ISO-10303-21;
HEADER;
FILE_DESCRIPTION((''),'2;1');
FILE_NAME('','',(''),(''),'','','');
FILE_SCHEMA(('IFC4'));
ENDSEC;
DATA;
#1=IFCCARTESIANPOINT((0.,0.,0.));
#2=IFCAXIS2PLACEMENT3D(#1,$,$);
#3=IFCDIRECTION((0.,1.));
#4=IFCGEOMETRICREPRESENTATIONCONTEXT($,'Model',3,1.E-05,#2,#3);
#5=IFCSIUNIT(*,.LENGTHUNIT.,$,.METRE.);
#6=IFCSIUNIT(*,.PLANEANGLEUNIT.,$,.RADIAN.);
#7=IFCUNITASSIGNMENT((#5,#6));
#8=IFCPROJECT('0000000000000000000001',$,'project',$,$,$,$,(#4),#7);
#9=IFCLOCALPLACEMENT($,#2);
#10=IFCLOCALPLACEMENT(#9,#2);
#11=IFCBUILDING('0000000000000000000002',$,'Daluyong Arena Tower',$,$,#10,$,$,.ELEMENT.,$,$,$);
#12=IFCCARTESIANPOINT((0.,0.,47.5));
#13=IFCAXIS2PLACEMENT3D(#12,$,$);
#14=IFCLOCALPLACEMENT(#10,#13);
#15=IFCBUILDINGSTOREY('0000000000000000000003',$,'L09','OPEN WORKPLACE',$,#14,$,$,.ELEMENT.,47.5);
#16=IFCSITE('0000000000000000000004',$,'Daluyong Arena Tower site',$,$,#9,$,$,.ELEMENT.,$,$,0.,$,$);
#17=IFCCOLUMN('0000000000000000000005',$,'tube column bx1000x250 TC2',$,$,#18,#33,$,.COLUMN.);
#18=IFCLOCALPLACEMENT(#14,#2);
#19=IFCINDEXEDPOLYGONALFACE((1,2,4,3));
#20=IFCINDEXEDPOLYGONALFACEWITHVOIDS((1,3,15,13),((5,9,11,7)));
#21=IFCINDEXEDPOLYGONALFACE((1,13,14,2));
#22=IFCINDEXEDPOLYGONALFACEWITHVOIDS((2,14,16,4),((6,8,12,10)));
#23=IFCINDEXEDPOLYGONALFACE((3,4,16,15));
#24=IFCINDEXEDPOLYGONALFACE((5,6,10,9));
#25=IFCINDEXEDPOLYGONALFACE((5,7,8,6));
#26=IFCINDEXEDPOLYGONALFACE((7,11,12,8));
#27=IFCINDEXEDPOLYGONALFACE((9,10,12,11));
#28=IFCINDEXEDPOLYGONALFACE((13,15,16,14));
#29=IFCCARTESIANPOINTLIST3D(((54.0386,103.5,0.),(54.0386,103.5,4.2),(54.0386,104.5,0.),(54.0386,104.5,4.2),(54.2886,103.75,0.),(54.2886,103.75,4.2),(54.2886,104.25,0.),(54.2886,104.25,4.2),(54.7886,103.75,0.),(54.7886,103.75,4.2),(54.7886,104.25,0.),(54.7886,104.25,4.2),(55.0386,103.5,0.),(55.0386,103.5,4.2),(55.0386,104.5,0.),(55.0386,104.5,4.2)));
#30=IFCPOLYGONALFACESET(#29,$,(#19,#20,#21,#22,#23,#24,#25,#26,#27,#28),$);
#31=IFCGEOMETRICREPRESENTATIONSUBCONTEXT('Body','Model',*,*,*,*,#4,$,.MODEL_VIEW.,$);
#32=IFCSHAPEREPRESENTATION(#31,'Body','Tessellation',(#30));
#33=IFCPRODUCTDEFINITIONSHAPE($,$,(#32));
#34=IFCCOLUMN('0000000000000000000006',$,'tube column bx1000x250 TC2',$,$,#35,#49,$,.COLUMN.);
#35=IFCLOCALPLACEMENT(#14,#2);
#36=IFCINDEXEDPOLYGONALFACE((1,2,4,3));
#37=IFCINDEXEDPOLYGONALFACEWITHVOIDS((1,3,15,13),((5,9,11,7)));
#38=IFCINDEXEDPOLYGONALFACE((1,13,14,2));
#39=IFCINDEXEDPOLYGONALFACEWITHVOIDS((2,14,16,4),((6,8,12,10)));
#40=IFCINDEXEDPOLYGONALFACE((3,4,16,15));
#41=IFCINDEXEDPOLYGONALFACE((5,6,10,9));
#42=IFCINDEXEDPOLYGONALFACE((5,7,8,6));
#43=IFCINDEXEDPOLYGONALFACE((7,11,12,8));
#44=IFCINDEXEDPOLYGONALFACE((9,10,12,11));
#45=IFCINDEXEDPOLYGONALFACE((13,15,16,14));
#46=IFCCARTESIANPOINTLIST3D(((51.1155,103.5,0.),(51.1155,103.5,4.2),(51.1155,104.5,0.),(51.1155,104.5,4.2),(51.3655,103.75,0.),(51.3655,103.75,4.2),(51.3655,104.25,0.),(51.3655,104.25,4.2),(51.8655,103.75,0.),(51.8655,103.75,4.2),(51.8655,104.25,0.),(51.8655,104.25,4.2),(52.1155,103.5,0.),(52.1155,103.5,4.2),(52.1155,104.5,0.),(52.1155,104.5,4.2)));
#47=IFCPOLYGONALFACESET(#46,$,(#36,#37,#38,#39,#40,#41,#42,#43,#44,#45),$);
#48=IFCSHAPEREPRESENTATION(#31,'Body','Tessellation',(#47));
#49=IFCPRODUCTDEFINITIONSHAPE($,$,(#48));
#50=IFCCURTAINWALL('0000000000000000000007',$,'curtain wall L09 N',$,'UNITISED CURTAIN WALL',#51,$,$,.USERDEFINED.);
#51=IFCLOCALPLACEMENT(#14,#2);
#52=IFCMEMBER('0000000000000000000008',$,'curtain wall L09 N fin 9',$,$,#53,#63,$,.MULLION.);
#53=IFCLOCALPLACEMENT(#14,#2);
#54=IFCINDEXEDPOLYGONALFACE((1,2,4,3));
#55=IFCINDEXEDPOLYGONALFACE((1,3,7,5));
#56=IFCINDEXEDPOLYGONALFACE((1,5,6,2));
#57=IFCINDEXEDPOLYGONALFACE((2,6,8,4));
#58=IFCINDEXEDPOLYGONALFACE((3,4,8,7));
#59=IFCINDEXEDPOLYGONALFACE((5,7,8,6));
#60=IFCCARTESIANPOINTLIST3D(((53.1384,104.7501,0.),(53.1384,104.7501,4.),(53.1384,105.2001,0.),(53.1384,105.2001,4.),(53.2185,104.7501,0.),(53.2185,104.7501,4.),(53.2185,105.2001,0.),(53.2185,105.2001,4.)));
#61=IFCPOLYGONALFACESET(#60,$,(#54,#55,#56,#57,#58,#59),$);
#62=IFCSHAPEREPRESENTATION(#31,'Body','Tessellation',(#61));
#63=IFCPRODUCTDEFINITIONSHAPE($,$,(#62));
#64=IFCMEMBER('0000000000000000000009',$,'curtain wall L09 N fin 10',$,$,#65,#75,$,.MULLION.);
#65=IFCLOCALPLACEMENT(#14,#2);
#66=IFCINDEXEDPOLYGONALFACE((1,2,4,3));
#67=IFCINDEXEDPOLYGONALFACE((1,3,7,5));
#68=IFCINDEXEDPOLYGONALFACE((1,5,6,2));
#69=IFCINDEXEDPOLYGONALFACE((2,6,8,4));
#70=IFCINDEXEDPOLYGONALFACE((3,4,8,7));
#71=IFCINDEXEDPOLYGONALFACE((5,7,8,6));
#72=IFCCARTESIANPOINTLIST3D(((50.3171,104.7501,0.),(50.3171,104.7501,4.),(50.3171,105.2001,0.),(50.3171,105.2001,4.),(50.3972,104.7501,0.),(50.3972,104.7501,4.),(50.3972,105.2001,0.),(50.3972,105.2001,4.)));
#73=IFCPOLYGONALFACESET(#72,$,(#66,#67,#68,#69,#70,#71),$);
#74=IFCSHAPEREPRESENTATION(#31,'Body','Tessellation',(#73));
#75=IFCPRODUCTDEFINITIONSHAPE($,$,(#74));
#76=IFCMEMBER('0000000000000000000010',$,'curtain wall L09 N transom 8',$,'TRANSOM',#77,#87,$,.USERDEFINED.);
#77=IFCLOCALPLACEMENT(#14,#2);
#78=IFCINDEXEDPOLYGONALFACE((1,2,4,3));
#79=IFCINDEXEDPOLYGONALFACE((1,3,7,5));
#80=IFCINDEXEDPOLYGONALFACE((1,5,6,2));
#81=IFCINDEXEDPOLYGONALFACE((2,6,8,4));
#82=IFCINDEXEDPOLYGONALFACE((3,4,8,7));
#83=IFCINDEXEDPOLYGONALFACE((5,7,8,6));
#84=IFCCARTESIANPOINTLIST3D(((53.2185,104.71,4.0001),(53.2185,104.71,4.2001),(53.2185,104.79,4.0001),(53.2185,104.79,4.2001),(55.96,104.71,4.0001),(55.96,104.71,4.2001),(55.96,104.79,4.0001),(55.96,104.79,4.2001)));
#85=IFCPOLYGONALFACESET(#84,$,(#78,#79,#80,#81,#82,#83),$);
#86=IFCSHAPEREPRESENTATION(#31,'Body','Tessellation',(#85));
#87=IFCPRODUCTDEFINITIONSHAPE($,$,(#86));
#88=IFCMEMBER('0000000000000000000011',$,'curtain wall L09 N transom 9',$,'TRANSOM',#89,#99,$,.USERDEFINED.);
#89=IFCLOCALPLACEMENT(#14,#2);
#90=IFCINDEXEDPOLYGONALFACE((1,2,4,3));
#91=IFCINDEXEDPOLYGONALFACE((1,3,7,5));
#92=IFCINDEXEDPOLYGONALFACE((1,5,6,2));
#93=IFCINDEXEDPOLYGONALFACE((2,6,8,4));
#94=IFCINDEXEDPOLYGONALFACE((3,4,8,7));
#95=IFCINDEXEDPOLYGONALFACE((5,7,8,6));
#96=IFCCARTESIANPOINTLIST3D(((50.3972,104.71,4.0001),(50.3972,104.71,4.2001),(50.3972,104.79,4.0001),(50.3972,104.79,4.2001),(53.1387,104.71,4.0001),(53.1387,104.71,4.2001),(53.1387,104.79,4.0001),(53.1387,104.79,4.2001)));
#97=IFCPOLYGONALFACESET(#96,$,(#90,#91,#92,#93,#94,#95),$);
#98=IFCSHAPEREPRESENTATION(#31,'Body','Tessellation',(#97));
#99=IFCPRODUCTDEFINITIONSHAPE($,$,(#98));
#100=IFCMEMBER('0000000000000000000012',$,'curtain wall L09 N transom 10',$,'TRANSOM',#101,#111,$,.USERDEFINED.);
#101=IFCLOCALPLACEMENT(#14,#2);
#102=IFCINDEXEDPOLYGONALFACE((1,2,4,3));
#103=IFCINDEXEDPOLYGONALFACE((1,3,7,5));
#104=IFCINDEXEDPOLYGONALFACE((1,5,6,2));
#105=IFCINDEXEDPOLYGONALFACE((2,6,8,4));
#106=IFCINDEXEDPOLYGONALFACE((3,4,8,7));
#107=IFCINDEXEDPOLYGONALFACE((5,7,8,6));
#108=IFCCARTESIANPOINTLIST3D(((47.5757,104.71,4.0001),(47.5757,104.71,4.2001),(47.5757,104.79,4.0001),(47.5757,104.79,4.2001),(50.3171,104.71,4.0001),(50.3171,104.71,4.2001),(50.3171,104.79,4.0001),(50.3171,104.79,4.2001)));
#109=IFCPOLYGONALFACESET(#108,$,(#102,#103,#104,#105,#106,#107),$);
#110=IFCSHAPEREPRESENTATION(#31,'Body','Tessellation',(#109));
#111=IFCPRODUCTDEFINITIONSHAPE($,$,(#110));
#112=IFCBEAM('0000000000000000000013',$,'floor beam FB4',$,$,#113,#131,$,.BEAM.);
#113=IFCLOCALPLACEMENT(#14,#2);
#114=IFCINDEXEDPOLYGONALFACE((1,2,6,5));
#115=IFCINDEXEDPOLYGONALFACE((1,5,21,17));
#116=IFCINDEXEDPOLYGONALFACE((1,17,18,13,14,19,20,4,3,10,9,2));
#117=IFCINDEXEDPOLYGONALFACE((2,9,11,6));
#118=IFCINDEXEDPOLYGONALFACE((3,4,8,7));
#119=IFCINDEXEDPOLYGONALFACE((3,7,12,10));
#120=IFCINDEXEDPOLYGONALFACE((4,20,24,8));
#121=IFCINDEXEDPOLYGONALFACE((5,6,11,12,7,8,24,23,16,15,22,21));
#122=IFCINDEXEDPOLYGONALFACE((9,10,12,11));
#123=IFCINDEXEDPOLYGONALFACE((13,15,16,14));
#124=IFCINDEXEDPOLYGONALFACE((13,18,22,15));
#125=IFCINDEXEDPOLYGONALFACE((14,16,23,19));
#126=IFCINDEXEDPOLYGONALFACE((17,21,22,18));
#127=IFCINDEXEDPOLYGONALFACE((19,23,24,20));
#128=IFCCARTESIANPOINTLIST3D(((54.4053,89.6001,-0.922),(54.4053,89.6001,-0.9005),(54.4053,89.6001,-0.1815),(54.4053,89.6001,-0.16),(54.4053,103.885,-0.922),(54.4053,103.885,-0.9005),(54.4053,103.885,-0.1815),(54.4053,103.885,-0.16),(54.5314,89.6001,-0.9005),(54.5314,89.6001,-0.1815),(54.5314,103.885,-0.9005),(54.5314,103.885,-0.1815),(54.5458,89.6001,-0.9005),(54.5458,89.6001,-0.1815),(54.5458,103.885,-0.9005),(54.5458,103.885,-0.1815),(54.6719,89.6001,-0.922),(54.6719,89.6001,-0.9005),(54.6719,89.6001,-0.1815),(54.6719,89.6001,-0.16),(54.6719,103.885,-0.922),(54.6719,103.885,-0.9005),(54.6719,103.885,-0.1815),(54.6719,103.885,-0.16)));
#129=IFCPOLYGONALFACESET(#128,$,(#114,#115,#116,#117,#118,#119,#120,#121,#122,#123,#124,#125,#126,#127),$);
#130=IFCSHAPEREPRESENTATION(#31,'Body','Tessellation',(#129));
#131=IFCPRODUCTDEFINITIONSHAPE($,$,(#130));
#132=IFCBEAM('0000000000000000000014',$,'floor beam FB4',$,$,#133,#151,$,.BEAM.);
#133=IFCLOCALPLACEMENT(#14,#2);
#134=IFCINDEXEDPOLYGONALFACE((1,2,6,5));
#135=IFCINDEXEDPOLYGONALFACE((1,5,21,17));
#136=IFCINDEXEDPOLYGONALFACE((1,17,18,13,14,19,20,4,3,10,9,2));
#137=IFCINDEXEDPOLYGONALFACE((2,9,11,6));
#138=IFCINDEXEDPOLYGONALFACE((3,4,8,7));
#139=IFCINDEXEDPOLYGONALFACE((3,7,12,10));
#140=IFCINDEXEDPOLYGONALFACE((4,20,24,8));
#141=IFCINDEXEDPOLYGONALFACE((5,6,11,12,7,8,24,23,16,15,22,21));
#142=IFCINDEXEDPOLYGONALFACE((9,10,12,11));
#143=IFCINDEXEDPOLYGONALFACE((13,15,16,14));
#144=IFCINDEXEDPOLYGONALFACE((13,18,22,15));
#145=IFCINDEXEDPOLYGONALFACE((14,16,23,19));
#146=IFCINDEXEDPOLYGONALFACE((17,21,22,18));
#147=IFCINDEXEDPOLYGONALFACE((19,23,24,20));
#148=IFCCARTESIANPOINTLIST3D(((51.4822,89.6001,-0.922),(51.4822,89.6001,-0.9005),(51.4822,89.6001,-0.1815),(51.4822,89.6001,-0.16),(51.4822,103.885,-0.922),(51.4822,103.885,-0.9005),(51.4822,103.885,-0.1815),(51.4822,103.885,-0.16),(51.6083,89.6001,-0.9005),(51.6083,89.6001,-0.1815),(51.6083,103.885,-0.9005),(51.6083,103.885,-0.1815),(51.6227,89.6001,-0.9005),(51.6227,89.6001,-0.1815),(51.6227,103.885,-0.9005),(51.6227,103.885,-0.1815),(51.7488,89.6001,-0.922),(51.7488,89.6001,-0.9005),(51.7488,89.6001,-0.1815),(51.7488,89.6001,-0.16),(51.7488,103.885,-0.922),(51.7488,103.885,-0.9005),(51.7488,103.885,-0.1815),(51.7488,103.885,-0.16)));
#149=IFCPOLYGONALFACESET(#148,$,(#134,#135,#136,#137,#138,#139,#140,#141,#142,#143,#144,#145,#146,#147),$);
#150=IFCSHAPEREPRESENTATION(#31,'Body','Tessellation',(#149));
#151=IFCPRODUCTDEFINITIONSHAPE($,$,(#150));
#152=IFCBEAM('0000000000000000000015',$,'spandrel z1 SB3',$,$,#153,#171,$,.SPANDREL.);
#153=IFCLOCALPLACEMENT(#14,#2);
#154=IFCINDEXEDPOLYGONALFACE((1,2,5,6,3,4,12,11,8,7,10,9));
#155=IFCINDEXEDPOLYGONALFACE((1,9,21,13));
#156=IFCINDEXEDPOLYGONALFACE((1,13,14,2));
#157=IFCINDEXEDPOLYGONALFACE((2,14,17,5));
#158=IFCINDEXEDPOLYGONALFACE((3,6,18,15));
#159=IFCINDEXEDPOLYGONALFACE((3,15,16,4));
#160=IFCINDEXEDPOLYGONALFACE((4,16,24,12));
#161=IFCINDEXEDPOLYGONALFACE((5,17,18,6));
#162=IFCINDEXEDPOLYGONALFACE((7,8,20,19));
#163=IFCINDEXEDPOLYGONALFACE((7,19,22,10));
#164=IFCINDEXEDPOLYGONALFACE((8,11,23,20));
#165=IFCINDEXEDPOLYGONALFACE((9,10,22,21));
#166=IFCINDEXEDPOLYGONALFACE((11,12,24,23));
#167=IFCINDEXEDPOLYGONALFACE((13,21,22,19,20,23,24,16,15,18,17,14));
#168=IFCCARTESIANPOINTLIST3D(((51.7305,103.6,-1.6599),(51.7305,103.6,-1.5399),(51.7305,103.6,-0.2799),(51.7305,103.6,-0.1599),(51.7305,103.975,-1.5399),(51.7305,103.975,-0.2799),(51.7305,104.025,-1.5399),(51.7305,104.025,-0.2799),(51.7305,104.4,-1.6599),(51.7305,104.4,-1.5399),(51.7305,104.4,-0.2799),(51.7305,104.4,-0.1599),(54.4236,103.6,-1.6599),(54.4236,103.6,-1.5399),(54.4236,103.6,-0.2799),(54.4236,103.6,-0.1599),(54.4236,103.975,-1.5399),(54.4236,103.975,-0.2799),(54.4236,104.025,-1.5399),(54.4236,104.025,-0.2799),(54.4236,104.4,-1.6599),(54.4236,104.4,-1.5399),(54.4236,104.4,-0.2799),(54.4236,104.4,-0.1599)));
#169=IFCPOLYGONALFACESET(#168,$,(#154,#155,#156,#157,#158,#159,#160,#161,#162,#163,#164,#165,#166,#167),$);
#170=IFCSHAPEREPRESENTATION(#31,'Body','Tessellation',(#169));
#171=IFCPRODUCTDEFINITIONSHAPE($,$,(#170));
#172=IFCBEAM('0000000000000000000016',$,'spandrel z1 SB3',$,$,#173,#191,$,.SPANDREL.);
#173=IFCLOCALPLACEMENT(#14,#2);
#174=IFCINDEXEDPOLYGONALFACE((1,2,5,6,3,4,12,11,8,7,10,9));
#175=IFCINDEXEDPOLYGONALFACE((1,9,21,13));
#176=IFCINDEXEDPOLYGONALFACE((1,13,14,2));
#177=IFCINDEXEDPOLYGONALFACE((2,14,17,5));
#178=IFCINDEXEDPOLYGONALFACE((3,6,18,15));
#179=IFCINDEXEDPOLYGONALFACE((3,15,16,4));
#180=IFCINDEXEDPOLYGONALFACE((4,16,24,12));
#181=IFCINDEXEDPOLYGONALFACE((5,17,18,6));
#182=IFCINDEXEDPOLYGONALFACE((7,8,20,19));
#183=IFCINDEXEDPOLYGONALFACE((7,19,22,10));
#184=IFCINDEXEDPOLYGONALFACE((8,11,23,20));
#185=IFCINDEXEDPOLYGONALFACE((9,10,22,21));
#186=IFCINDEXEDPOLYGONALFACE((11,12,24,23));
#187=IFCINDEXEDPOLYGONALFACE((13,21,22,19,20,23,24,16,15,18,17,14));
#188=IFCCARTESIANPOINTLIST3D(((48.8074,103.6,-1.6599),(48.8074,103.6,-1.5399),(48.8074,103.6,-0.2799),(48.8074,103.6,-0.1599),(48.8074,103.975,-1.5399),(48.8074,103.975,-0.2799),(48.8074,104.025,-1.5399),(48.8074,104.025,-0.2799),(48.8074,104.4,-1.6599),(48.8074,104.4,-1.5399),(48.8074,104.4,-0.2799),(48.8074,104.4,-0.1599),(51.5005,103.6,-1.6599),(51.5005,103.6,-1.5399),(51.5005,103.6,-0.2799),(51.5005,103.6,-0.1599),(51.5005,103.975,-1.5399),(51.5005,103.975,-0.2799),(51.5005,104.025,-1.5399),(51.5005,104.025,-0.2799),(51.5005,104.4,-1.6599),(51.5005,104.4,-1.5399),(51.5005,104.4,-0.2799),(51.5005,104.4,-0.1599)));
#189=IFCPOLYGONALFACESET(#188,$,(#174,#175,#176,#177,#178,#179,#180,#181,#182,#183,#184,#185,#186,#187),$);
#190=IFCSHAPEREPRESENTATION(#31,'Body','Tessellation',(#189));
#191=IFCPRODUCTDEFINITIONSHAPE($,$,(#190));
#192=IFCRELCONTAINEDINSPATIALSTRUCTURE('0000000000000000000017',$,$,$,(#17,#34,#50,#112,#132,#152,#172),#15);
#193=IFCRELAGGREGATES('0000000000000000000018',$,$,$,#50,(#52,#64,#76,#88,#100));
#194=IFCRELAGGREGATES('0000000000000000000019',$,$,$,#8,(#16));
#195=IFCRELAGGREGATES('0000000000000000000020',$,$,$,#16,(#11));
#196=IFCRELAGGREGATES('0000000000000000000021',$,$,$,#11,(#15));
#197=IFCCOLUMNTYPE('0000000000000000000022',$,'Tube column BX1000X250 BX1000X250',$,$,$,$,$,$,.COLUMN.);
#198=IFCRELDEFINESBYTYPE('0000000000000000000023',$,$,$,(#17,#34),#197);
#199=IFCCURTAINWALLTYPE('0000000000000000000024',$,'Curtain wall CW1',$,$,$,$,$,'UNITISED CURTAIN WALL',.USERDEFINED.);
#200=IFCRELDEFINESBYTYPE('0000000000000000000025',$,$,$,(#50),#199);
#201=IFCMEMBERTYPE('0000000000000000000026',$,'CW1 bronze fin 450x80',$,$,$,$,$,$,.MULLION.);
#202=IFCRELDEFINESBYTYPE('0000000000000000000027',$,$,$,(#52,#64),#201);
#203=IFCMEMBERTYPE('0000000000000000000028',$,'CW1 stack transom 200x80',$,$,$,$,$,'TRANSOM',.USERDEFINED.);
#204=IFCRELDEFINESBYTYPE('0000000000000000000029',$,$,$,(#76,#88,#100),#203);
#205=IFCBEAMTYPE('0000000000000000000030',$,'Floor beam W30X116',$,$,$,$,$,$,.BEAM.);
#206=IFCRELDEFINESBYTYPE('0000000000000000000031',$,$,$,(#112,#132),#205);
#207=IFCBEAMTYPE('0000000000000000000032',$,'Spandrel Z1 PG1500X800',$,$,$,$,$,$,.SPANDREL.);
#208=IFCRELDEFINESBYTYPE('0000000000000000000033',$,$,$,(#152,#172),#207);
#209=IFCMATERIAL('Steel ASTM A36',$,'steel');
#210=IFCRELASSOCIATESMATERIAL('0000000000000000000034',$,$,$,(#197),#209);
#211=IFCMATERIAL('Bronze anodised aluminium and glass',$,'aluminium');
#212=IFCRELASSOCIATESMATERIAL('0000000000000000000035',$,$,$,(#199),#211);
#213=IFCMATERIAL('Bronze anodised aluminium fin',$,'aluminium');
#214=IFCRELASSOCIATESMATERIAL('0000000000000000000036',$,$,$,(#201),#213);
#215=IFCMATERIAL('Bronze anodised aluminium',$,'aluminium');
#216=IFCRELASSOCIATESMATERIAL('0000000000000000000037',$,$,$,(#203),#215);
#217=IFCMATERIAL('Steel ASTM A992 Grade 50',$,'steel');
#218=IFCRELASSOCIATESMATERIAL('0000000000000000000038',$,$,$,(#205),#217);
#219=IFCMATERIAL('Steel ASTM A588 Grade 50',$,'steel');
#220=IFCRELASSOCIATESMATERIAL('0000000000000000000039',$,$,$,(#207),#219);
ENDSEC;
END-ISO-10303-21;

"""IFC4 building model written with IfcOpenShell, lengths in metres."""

from ifc_helpers import new_model, si_unit, direction, frame, origin, origin_2d, place, context, subcontext, project, spatial, rectangle, hollow_rectangle, i_section, extrude, material, material_profile, profile_set, type_object, element, aggregate, save


model = new_model("IFC4")

# Units and contexts
model_context = context("Model", 3, precision=1e-05, world=origin(), true_north=direction((0.0, 1.0)))
body_context = subcontext(model_context, "Body", "Model", "MODEL_VIEW")
ifc_project = project(units=[si_unit("LENGTHUNIT", "METRE"), si_unit("PLANEANGLEUNIT", "RADIAN")], contexts=[model_context])

# Site, building, storey
site_placement = place(None, origin())
site = spatial("IfcSite", under=ifc_project, at=site_placement, Name="Daluyong Arena Tower site", CompositionType="ELEMENT", RefElevation=0.0)
building_placement = place(site_placement, origin())
building = spatial("IfcBuilding", under=site, at=building_placement, Name="Daluyong Arena Tower", CompositionType="ELEMENT")
storey_placement = place(building_placement, frame((0.0, 0.0, 47.5)))
storey = spatial("IfcBuildingStorey", under=building, at=storey_placement, Name="L09", Description="OPEN WORKPLACE", CompositionType="ELEMENT", Elevation=47.5)

# Columns
ifc_material_1 = material(Name="Steel ASTM A36", Category="steel")
ifc_material_profile_1 = material_profile(ifc_material_1, hollow_rectangle(XDim=1.0, YDim=1.0, WallThickness=0.25, at=origin_2d()))
ifc_profile_set_1 = profile_set([ifc_material_profile_1], Name="Steel ASTM A36")
column_type = type_object("IfcColumnType", Name="Tube column BX1000X250 BX1000X250", PredefinedType="COLUMN", material=ifc_profile_set_1)
for number, where, z_axis, x_axis, name in (
    (1, (54.5386, 104.0, 0.0), (0.0, 0.0, 1.0), (1.0, 0.0, 0.0), "tube column bx1000x250 TC2"),
    (2, (51.6155, 104.0, 0.0), (0.0, 0.0, 1.0), (1.0, 0.0, 0.0), "tube column bx1000x250 TC2"),
):
    element("IfcColumn", number, at=place(storey_placement, frame(where, z_axis=z_axis, x_axis=x_axis)), inside=storey, type_object=column_type, Name=name, PredefinedType="COLUMN", context=body_context, shape_type="SweptSolid", body=[
        extrude(hollow_rectangle(XDim=1.0, YDim=1.0, WallThickness=0.25, at=origin_2d()), origin(), (0.0, 0.0, 1.0), 4.2),
    ])

# Curtain wall, members
ifc_material_2 = material(Name="Bronze anodised aluminium and glass", Category="aluminium")
curtain_wall_type = type_object("IfcCurtainWallType", Name="Curtain wall CW1", ElementType="UNITISED CURTAIN WALL", PredefinedType="USERDEFINED", material=ifc_material_2)
curtain_wall_placement = place(storey_placement, origin())
curtain_wall = element("IfcCurtainWall", 3, at=curtain_wall_placement, inside=storey, type_object=curtain_wall_type, Name="curtain wall L09 N", ObjectType="UNITISED CURTAIN WALL", PredefinedType="USERDEFINED")
ifc_material_3 = material(Name="Bronze anodised aluminium fin", Category="aluminium")
ifc_material_profile_2 = material_profile(ifc_material_3, rectangle(XDim=0.45, YDim=0.0801, at=origin_2d()))
ifc_profile_set_2 = profile_set([ifc_material_profile_2], Name="Bronze anodised aluminium fin")
member_type_1 = type_object("IfcMemberType", Name="CW1 bronze fin 450x80", PredefinedType="MULLION", material=ifc_profile_set_2)
member_1_placement = place(storey_placement, frame((53.1785, 104.9751, 0.0), z_axis=(0.0, 0.0, 1.0), x_axis=(0.0, -1.0, 0.0)))
member_1 = element("IfcMember", 4, at=member_1_placement, type_object=member_type_1, Name="curtain wall L09 N fin 9", PredefinedType="MULLION", context=body_context, shape_type="SweptSolid", body=[
    extrude(rectangle(XDim=0.45, YDim=0.0801, at=origin_2d()), origin(), (0.0, 0.0, 1.0), 4.0),
])
member_2_placement = place(storey_placement, frame((50.3572, 104.9751, 0.0), z_axis=(0.0, 0.0, 1.0), x_axis=(0.0, -1.0, 0.0)))
member_2 = element("IfcMember", 5, at=member_2_placement, type_object=member_type_1, Name="curtain wall L09 N fin 10", PredefinedType="MULLION", context=body_context, shape_type="SweptSolid", body=[
    extrude(rectangle(XDim=0.45, YDim=0.0801, at=origin_2d()), origin(), (0.0, 0.0, 1.0), 4.0),
])
ifc_material_4 = material(Name="Bronze anodised aluminium", Category="aluminium")
ifc_material_profile_3 = material_profile(ifc_material_4, rectangle(XDim=0.0801, YDim=0.2, at=origin_2d()))
ifc_profile_set_3 = profile_set([ifc_material_profile_3], Name="Bronze anodised aluminium")
member_type_2 = type_object("IfcMemberType", Name="CW1 stack transom 200x80", ElementType="TRANSOM", PredefinedType="USERDEFINED", material=ifc_profile_set_3)
member_3_placement = place(storey_placement, frame((55.96, 104.75, 4.1001), z_axis=(-1.0, 0.0, 0.0), x_axis=(0.0, -1.0, 0.0)))
member_3 = element("IfcMember", 6, at=member_3_placement, type_object=member_type_2, Name="curtain wall L09 N transom 8", ObjectType="TRANSOM", PredefinedType="USERDEFINED", context=body_context, shape_type="SweptSolid", body=[
    extrude(rectangle(XDim=0.0801, YDim=0.2, at=origin_2d()), origin(), (0.0, 0.0, 1.0), 2.7415),
])
member_4_placement = place(storey_placement, frame((53.1387, 104.75, 4.1001), z_axis=(-1.0, 0.0, 0.0), x_axis=(0.0, -1.0, 0.0)))
member_4 = element("IfcMember", 7, at=member_4_placement, type_object=member_type_2, Name="curtain wall L09 N transom 9", ObjectType="TRANSOM", PredefinedType="USERDEFINED", context=body_context, shape_type="SweptSolid", body=[
    extrude(rectangle(XDim=0.0801, YDim=0.2, at=origin_2d()), origin(), (0.0, 0.0, 1.0), 2.7415),
])
member_5_placement = place(storey_placement, frame((50.3171, 104.75, 4.1001), z_axis=(-1.0, 0.0, 0.0), x_axis=(0.0, -1.0, 0.0)))
member_5 = element("IfcMember", 8, at=member_5_placement, type_object=member_type_2, Name="curtain wall L09 N transom 10", ObjectType="TRANSOM", PredefinedType="USERDEFINED", context=body_context, shape_type="SweptSolid", body=[
    extrude(rectangle(XDim=0.0801, YDim=0.2, at=origin_2d()), origin(), (0.0, 0.0, 1.0), 2.7415),
])

# Beams
ifc_material_5 = material(Name="Steel ASTM A992 Grade 50", Category="steel")
ifc_material_profile_4 = material_profile(ifc_material_5, i_section(OverallWidth=0.2666, OverallDepth=0.762, WebThickness=0.0144, FlangeThickness=0.0215, at=origin_2d()))
ifc_profile_set_4 = profile_set([ifc_material_profile_4], Name="Steel ASTM A992 Grade 50")
beam_type_1 = type_object("IfcBeamType", Name="Floor beam W30X116", PredefinedType="BEAM", material=ifc_profile_set_4)
for number, where, z_axis, x_axis, name in (
    (9, (54.5386, 103.885, -0.541), (0.0, -1.0, 0.0), (1.0, 0.0, 0.0), "floor beam FB4"),
    (10, (51.6155, 103.885, -0.541), (0.0, -1.0, 0.0), (1.0, 0.0, 0.0), "floor beam FB4"),
):
    element("IfcBeam", number, at=place(storey_placement, frame(where, z_axis=z_axis, x_axis=x_axis)), inside=storey, type_object=beam_type_1, Name=name, PredefinedType="BEAM", context=body_context, shape_type="SweptSolid", body=[
        extrude(i_section(OverallWidth=0.2666, OverallDepth=0.762, WebThickness=0.0144, FlangeThickness=0.0215, at=origin_2d()), origin(), (0.0, 0.0, 1.0), 14.2849),
    ])
ifc_material_6 = material(Name="Steel ASTM A588 Grade 50", Category="steel")
ifc_material_profile_5 = material_profile(ifc_material_6, i_section(OverallWidth=0.8, OverallDepth=1.5, WebThickness=0.05, FlangeThickness=0.12, at=origin_2d()))
ifc_profile_set_5 = profile_set([ifc_material_profile_5], Name="Steel ASTM A588 Grade 50")
beam_type_2 = type_object("IfcBeamType", Name="Spandrel Z1 PG1500X800", PredefinedType="SPANDREL", material=ifc_profile_set_5)
for number, where, z_axis, x_axis, name in (
    (11, (54.4236, 104.0, -0.9099), (-1.0, 0.0, 0.0), (0.0, -1.0, 0.0), "spandrel z1 SB3"),
    (12, (51.5005, 104.0, -0.9099), (-1.0, 0.0, 0.0), (0.0, -1.0, 0.0), "spandrel z1 SB3"),
):
    element("IfcBeam", number, at=place(storey_placement, frame(where, z_axis=z_axis, x_axis=x_axis)), inside=storey, type_object=beam_type_2, Name=name, PredefinedType="SPANDREL", context=body_context, shape_type="SweptSolid", body=[
        extrude(i_section(OverallWidth=0.8, OverallDepth=1.5, WebThickness=0.05, FlangeThickness=0.12, at=origin_2d()), origin(), (0.0, 0.0, 1.0), 2.6931),
    ])

aggregate(curtain_wall, [member_1, member_2, member_3, member_4, member_5])

save(model, "model.ifc")
